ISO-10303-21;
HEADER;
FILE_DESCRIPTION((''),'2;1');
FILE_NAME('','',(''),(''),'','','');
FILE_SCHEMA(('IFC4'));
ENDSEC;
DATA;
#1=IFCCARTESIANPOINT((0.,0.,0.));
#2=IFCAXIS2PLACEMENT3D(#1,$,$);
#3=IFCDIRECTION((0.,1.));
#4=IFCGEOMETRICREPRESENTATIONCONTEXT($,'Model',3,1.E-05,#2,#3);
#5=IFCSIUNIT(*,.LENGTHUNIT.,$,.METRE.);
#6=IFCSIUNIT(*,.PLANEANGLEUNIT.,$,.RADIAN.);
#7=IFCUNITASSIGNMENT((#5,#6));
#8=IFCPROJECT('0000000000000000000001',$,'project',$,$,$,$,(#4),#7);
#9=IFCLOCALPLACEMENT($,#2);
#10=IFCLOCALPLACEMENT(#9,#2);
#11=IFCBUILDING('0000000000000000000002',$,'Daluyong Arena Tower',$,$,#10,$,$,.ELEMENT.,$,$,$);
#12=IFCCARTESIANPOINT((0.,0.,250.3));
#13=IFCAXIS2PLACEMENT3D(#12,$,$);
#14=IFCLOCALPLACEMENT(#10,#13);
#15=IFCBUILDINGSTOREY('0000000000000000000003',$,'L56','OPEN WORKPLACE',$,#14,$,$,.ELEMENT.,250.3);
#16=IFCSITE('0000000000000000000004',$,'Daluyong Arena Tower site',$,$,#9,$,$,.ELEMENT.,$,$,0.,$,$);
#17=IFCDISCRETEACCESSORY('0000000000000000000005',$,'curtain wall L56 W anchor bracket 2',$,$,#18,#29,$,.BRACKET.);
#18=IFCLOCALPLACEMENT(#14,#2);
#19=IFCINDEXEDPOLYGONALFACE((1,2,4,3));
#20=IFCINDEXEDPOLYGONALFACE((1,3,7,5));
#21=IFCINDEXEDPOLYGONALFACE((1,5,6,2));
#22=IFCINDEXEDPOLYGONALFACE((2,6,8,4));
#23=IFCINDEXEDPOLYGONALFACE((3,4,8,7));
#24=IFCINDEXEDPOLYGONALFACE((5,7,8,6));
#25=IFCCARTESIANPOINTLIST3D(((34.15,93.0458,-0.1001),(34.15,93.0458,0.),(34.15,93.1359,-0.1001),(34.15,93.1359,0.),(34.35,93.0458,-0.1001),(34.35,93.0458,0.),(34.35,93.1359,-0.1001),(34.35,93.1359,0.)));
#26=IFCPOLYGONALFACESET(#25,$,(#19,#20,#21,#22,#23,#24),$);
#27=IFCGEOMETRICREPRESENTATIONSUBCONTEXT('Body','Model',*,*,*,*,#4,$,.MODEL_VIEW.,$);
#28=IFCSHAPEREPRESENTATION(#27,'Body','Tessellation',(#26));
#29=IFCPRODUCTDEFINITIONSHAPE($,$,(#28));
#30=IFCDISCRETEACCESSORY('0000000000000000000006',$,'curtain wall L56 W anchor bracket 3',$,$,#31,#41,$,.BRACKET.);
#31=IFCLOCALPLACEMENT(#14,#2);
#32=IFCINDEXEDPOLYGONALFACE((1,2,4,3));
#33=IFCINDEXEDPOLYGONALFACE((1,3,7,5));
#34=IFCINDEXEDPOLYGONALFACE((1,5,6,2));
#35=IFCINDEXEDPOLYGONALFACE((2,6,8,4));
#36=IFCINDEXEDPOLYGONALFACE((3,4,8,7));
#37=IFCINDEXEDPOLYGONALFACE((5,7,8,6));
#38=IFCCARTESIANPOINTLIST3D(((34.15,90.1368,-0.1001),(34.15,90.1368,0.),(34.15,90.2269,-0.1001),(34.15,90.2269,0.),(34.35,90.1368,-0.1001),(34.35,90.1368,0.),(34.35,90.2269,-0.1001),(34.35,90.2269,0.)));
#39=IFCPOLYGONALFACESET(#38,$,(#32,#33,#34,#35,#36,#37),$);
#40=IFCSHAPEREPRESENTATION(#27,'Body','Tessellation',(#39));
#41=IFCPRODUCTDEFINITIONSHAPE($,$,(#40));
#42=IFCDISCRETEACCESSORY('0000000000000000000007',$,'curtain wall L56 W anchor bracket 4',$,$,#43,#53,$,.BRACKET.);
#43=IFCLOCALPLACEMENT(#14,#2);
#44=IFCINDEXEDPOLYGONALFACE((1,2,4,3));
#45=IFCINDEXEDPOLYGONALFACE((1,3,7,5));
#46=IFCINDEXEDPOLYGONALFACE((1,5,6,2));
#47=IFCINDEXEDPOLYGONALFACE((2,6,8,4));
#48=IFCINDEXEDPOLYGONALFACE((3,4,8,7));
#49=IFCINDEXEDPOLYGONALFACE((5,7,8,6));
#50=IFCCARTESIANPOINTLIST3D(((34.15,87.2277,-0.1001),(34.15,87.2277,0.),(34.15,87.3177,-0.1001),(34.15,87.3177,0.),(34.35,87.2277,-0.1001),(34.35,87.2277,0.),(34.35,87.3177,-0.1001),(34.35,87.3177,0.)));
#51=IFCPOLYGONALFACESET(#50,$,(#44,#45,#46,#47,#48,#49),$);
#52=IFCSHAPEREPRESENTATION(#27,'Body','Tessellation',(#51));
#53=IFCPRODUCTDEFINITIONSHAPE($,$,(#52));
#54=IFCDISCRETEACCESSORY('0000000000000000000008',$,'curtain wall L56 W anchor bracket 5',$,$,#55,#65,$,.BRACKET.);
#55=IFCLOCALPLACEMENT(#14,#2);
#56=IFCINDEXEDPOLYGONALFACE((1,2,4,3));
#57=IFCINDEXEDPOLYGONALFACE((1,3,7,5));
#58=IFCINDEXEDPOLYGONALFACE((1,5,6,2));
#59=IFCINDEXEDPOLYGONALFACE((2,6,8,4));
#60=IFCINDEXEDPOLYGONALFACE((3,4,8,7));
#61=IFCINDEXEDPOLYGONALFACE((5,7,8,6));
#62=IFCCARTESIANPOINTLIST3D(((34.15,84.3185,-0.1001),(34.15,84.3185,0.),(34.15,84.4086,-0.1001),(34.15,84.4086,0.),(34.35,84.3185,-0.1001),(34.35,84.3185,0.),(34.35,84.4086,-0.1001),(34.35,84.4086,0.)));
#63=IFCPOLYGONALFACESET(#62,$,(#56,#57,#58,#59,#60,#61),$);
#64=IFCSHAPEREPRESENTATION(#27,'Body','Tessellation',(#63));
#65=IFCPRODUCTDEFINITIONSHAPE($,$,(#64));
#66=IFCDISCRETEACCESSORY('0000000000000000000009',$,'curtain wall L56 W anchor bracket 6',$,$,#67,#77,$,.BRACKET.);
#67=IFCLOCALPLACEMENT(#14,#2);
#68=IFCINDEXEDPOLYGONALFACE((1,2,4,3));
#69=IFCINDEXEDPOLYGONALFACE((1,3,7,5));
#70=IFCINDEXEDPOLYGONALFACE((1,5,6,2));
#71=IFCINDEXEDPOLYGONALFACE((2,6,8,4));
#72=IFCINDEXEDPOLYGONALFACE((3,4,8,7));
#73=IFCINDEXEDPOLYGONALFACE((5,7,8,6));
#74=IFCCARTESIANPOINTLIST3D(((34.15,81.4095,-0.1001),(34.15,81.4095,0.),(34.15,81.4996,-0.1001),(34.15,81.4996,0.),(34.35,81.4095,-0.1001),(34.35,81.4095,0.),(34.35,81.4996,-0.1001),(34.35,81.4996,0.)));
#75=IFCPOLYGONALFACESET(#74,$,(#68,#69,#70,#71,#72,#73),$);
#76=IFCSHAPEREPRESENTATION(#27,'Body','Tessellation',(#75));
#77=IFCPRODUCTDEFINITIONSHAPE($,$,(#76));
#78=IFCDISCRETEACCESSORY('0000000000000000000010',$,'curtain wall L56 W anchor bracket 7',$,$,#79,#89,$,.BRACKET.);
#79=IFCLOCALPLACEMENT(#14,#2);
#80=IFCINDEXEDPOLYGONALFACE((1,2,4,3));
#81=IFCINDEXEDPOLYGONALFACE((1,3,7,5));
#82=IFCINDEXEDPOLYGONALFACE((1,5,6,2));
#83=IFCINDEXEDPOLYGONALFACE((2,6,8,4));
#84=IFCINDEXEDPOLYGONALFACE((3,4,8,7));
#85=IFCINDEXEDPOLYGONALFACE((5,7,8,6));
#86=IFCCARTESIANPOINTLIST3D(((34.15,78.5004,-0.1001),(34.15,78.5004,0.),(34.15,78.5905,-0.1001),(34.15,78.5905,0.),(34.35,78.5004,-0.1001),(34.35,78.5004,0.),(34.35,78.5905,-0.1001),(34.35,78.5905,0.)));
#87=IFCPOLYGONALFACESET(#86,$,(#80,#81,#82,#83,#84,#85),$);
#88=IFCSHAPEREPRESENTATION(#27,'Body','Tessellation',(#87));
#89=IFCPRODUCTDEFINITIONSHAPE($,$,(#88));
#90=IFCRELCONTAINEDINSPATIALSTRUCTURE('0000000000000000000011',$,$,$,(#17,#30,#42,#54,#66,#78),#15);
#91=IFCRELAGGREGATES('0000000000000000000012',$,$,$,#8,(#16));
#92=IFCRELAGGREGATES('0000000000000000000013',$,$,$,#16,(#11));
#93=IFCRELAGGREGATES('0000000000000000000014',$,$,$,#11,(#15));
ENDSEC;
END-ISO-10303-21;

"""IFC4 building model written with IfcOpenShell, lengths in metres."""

from ifc_helpers import new_model, si_unit, direction, frame, origin, origin_2d, place, context, subcontext, project, spatial, rectangle, extrude, element, save


model = new_model("IFC4")

# Units and contexts
model_context = context("Model", 3, precision=1e-05, world=origin(), true_north=direction((0.0, 1.0)))
body_context = subcontext(model_context, "Body", "Model", "MODEL_VIEW")
ifc_project = project(units=[si_unit("LENGTHUNIT", "METRE"), si_unit("PLANEANGLEUNIT", "RADIAN")], contexts=[model_context])

# Site, building, storey
site_placement = place(None, origin())
site = spatial("IfcSite", under=ifc_project, at=site_placement, Name="Daluyong Arena Tower site", CompositionType="ELEMENT", RefElevation=0.0)
building_placement = place(site_placement, origin())
building = spatial("IfcBuilding", under=site, at=building_placement, Name="Daluyong Arena Tower", CompositionType="ELEMENT")
storey_placement = place(building_placement, frame((0.0, 0.0, 250.3)))
storey = spatial("IfcBuildingStorey", under=building, at=storey_placement, Name="L56", Description="OPEN WORKPLACE", CompositionType="ELEMENT", Elevation=250.3)

# Discrete accessories
for number, where, z_axis, x_axis, name in (
    (1, (34.25, 93.0908, -0.1001), (0.0, 0.0, 1.0), (0.0, -1.0, 0.0), "curtain wall L56 W anchor bracket 2"),
    (2, (34.25, 90.1819, -0.1001), (0.0, 0.0, 1.0), (0.0, -1.0, 0.0), "curtain wall L56 W anchor bracket 3"),
    (3, (34.25, 87.2727, -0.1001), (0.0, 0.0, 1.0), (0.0, -1.0, 0.0), "curtain wall L56 W anchor bracket 4"),
    (4, (34.25, 84.3635, -0.1001), (0.0, 0.0, 1.0), (0.0, -1.0, 0.0), "curtain wall L56 W anchor bracket 5"),
    (5, (34.25, 81.4546, -0.1001), (0.0, 0.0, 1.0), (0.0, -1.0, 0.0), "curtain wall L56 W anchor bracket 6"),
    (6, (34.25, 78.5454, -0.1001), (0.0, 0.0, 1.0), (0.0, -1.0, 0.0), "curtain wall L56 W anchor bracket 7"),
):
    element("IfcDiscreteAccessory", number, at=place(storey_placement, frame(where, z_axis=z_axis, x_axis=x_axis)), inside=storey, Name=name, PredefinedType="BRACKET", context=body_context, shape_type="SweptSolid", body=[
        extrude(rectangle(XDim=0.0901, YDim=0.2, at=origin_2d()), origin(), (0.0, 0.0, 1.0), 0.1001),
    ])

save(model, "model.ifc")
